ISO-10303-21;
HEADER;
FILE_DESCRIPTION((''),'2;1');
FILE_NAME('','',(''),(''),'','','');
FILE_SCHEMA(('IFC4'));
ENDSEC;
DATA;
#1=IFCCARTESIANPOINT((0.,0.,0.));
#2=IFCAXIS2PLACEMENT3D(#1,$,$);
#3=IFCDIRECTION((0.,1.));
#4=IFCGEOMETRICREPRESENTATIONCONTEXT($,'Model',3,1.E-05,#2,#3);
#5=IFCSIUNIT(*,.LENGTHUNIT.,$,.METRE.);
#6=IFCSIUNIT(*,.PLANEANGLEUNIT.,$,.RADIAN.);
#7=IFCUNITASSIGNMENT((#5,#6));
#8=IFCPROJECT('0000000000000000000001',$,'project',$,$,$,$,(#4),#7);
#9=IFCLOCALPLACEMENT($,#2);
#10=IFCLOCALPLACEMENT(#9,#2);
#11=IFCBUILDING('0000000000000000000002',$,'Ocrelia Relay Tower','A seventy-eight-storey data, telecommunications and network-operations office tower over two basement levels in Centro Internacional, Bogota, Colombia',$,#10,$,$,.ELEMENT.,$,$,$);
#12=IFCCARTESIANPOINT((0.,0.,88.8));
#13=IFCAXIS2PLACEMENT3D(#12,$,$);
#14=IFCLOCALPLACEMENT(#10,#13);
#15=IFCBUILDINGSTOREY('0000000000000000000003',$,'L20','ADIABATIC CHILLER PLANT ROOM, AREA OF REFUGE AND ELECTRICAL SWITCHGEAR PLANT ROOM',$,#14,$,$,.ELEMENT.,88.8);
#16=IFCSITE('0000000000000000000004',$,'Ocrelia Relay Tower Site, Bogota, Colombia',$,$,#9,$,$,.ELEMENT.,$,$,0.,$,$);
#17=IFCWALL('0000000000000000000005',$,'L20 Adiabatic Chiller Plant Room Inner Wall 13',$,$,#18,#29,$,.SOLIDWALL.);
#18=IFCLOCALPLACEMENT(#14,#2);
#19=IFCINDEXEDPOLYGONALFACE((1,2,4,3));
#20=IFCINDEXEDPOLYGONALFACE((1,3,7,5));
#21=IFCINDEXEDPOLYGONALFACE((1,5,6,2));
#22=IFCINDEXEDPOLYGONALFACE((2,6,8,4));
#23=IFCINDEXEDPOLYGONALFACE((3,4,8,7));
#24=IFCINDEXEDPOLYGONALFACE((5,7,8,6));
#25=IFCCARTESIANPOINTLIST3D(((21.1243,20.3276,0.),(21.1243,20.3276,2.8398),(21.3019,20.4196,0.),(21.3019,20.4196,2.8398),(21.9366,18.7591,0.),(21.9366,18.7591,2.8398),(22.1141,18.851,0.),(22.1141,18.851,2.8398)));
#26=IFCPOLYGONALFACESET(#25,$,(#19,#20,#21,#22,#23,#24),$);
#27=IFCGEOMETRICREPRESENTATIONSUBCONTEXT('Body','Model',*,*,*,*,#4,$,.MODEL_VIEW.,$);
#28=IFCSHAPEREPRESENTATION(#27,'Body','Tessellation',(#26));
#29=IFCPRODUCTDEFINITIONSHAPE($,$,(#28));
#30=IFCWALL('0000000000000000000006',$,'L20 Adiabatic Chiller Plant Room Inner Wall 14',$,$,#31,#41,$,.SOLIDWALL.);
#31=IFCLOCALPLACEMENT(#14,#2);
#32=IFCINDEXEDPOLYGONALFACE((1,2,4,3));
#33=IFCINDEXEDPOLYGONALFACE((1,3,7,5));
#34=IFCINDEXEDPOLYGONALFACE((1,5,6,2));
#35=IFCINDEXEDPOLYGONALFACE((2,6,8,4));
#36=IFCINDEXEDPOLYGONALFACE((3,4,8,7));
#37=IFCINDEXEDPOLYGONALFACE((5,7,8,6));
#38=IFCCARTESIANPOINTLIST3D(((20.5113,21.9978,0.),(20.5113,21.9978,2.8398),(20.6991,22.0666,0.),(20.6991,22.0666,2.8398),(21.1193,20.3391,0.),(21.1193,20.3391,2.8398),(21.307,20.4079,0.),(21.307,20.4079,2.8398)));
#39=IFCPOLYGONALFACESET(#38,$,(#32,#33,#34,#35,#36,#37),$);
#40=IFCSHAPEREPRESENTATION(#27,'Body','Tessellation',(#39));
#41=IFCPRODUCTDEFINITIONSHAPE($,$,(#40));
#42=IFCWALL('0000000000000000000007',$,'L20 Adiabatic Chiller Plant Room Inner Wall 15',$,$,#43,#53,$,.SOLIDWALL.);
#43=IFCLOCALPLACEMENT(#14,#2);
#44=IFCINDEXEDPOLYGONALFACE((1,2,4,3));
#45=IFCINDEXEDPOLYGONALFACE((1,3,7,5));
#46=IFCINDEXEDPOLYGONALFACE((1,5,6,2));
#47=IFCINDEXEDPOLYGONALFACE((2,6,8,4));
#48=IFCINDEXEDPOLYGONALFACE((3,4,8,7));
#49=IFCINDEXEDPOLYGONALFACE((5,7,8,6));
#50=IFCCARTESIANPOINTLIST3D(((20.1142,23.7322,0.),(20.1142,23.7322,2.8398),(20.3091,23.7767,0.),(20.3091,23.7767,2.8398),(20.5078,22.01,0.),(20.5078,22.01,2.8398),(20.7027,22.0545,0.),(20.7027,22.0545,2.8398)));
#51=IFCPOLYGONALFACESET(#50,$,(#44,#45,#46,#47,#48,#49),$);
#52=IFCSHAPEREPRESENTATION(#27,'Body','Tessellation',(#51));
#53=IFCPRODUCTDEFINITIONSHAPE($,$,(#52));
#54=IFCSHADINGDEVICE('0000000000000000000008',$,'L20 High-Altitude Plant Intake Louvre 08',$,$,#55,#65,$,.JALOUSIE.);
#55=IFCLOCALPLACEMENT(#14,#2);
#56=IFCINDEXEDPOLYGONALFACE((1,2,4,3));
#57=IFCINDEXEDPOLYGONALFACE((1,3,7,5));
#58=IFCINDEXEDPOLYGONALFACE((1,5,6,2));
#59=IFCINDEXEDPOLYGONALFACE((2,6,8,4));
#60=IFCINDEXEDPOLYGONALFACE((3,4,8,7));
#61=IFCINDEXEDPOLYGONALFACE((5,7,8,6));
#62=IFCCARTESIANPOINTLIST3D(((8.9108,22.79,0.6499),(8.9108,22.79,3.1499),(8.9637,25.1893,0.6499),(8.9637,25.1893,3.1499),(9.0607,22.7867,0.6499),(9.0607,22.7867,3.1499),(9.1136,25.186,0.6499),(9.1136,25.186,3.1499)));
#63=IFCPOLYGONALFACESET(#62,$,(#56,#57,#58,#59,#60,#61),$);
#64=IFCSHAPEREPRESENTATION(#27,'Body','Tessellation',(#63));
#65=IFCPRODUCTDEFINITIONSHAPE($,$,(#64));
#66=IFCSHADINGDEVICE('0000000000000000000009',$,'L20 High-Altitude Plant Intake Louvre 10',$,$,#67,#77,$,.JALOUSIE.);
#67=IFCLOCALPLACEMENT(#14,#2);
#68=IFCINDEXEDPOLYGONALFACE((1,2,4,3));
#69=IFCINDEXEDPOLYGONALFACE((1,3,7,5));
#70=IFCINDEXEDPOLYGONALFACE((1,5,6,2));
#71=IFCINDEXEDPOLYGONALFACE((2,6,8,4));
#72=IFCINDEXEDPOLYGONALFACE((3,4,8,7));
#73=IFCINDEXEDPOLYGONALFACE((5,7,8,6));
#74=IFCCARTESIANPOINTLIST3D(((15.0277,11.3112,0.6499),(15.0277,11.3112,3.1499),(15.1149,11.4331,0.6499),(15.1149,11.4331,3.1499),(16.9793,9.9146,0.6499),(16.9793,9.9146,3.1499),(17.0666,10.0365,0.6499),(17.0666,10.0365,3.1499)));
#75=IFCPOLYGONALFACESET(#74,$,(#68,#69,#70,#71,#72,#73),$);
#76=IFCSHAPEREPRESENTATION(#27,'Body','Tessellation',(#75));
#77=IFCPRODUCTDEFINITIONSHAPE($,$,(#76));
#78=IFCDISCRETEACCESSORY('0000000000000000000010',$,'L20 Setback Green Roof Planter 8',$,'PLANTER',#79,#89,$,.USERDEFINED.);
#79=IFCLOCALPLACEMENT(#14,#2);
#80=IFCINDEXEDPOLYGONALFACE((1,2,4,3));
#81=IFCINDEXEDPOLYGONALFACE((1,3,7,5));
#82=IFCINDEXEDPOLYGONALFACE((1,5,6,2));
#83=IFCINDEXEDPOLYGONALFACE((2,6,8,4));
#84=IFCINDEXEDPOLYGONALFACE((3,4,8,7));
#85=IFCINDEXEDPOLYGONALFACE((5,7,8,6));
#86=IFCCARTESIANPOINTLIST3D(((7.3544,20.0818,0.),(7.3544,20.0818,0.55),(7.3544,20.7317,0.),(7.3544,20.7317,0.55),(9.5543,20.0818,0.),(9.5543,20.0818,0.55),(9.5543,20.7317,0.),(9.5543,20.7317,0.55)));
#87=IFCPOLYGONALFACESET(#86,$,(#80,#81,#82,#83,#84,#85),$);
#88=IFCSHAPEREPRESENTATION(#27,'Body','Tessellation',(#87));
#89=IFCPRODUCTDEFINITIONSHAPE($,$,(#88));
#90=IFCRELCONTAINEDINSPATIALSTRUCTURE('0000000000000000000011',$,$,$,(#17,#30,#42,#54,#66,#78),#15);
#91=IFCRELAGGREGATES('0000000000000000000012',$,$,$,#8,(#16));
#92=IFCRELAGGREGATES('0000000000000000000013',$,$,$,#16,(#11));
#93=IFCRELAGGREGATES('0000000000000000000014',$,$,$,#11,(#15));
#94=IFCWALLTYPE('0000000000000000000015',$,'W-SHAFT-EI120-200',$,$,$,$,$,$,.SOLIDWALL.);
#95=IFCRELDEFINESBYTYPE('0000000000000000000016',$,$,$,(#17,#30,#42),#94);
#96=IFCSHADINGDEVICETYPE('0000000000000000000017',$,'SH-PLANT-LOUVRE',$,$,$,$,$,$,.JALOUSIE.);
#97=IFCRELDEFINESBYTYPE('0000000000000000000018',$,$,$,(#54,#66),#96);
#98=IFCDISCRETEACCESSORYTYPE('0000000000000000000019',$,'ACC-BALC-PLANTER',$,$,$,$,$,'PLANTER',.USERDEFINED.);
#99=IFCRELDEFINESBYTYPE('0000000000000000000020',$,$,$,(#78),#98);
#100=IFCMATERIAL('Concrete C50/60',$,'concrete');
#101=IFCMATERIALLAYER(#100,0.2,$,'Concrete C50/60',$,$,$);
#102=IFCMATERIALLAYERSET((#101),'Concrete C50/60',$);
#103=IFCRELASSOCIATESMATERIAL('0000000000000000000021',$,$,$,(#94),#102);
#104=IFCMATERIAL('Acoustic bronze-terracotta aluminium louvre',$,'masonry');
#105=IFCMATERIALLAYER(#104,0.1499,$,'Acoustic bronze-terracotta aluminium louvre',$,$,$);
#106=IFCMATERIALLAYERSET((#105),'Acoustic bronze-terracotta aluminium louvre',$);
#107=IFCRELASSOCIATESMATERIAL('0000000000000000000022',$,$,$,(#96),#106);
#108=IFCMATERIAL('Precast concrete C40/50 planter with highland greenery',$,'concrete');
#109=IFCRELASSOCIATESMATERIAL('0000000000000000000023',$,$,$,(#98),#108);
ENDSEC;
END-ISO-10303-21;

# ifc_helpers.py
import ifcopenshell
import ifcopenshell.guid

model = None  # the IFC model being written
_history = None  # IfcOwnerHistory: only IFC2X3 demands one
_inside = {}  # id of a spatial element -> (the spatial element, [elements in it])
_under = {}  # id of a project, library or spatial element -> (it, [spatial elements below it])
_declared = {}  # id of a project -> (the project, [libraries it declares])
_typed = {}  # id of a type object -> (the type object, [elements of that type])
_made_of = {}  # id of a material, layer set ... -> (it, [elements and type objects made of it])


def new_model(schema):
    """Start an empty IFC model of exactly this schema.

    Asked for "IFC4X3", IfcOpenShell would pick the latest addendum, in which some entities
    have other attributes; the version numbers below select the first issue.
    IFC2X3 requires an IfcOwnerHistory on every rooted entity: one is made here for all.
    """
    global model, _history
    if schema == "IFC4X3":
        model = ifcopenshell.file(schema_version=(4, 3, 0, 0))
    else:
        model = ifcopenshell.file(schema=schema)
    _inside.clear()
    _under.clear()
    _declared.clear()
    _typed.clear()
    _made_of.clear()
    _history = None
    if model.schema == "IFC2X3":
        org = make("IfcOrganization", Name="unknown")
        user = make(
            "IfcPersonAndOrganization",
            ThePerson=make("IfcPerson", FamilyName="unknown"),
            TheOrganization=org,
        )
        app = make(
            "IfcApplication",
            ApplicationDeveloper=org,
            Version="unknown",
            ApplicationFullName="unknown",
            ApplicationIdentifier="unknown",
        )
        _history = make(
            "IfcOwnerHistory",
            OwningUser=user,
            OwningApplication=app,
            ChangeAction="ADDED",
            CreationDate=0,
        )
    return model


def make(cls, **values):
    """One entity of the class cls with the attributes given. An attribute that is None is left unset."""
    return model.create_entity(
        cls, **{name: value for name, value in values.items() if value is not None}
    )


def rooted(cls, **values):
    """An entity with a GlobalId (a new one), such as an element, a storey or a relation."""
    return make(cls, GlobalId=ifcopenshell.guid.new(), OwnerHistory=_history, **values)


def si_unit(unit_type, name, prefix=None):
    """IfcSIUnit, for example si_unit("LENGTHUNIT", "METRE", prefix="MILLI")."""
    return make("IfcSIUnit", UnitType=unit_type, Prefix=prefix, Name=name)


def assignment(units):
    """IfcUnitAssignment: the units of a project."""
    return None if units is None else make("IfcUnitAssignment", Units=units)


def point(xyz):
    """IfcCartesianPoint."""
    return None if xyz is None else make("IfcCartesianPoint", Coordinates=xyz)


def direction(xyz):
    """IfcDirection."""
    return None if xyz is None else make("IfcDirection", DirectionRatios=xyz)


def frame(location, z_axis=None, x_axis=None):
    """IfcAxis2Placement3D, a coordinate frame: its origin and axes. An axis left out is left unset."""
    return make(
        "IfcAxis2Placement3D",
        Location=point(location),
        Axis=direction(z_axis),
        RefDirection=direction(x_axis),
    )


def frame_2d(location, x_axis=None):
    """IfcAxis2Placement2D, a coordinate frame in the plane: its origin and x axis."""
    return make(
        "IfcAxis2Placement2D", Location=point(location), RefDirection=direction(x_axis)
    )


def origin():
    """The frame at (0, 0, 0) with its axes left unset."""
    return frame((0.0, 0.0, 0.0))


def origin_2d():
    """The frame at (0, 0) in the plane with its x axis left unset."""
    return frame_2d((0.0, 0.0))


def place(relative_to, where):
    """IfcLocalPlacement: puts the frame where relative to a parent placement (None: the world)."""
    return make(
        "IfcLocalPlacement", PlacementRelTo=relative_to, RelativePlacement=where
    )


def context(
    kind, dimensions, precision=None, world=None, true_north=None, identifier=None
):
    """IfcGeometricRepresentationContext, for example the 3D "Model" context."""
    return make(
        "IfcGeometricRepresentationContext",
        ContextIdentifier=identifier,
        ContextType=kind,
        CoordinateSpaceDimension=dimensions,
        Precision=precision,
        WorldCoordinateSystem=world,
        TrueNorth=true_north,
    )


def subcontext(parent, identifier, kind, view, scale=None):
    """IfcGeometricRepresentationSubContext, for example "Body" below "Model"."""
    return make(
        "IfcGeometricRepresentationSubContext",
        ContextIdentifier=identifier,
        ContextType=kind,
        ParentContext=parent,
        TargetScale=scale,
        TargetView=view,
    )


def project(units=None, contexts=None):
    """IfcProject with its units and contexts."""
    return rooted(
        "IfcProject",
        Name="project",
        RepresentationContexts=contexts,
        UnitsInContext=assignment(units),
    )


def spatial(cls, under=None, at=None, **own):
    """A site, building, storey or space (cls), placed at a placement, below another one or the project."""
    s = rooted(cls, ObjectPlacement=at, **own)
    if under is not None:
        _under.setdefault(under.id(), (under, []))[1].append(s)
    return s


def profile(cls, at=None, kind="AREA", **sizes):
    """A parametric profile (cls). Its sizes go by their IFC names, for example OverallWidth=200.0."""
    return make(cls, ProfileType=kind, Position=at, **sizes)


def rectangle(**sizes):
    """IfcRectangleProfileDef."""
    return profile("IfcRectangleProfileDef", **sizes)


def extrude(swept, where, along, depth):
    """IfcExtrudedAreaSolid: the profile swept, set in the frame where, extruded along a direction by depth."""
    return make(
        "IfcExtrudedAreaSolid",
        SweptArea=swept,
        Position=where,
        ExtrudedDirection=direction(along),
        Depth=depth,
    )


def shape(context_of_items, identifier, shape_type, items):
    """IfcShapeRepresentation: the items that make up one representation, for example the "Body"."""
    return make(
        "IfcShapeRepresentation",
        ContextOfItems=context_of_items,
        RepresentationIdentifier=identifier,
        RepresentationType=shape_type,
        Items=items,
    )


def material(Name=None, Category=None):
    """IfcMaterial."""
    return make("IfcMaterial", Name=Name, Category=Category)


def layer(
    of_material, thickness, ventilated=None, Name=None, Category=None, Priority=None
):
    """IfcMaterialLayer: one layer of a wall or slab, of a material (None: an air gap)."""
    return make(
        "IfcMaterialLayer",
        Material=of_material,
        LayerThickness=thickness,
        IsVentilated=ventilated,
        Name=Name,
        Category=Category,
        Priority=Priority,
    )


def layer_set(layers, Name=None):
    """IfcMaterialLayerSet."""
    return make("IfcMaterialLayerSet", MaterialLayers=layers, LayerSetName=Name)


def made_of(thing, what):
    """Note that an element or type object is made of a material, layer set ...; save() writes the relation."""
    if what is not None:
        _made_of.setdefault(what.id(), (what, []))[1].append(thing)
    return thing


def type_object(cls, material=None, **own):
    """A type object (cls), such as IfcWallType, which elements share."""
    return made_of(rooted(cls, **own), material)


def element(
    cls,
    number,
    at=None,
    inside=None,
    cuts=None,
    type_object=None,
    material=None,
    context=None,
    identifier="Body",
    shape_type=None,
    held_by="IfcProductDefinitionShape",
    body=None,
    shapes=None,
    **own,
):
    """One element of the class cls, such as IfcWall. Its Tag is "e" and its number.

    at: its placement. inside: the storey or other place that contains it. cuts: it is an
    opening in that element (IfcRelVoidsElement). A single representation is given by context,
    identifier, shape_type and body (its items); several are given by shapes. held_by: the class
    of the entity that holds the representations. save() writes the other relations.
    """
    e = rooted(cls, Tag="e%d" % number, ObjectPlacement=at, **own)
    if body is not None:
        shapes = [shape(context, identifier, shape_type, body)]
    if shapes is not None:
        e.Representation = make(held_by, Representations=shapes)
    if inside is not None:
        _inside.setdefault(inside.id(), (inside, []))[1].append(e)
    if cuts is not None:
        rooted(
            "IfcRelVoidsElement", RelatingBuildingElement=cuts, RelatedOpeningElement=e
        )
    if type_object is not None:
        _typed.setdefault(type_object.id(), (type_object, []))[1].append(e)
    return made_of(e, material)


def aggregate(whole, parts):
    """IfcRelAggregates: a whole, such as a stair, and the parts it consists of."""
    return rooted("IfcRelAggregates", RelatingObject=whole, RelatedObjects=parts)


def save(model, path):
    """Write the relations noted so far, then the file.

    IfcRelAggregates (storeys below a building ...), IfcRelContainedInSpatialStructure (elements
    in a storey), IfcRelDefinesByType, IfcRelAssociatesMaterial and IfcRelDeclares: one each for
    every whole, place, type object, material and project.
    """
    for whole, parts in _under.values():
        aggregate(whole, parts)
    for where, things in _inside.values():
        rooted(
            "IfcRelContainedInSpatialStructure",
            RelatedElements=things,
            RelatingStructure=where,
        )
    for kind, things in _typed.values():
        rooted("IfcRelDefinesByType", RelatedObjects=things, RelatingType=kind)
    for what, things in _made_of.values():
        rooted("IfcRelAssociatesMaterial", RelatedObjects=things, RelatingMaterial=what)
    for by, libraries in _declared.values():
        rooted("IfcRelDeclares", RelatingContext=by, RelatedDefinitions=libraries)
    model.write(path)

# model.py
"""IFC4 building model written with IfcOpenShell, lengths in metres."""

from ifc_helpers import new_model, si_unit, direction, frame, frame_2d, origin, origin_2d, place, context, subcontext, project, spatial, rectangle, extrude, material, layer, layer_set, type_object, element, save


model = new_model("IFC4")

# Units and contexts
model_context = context("Model", 3, precision=1e-05, world=origin(), true_north=direction((0.0, 1.0)))
body_context = subcontext(model_context, "Body", "Model", "MODEL_VIEW")
ifc_project = project(units=[si_unit("LENGTHUNIT", "METRE"), si_unit("PLANEANGLEUNIT", "RADIAN")], contexts=[model_context])

# Site, building, storey
site_placement = place(None, origin())
site = spatial("IfcSite", under=ifc_project, at=site_placement, Name="Ocrelia Relay Tower Site, Bogota, Colombia", CompositionType="ELEMENT", RefElevation=0.0)
building_placement = place(site_placement, origin())
building = spatial("IfcBuilding", under=site, at=building_placement, Name="Ocrelia Relay Tower", Description="A seventy-eight-storey data, telecommunications and network-operations office tower over two basement levels in Centro Internacional, Bogota, Colombia", CompositionType="ELEMENT")
storey_placement = place(building_placement, frame((0.0, 0.0, 88.8)))
storey = spatial("IfcBuildingStorey", under=building, at=storey_placement, Name="L20", Description="ADIABATIC CHILLER PLANT ROOM, AREA OF REFUGE AND ELECTRICAL SWITCHGEAR PLANT ROOM", CompositionType="ELEMENT", Elevation=88.8)

# Shared definitions
ifc_material_1 = material(Name="Concrete C50/60", Category="concrete")

# Walls
ifc_layer_1 = layer(ifc_material_1, 0.2, Name="Concrete C50/60")
ifc_layer_set_1 = layer_set([ifc_layer_1], Name="Concrete C50/60")
wall_type_1 = type_object("IfcWallType", Name="W-SHAFT-EI120-200", PredefinedType="SOLIDWALL", material=ifc_layer_set_1)
for number, where, z_axis, x_axis, name in (
    (1, (22.0254, 18.8049, 0.0), (0.0, 0.0, 1.0), (-0.459829, 0.888008, 0.0), "L20 Adiabatic Chiller Plant Room Inner Wall 13"),
):
    element("IfcWall", number, at=place(storey_placement, frame(where, z_axis=z_axis, x_axis=x_axis)), inside=storey, type_object=wall_type_1, Name=name, PredefinedType="SOLIDWALL", context=body_context, shape_type="SweptSolid", body=[
        extrude(rectangle(XDim=1.7664, YDim=0.2, at=frame_2d((0.8833, 0.0))), origin(), (0.0, 0.0, 1.0), 2.8398),
    ])
for number, where, z_axis, x_axis, name in (
    (2, (21.2131, 20.3735, 0.0), (0.0, 0.0, 1.0), (-0.344117, 0.938927, 0.0), "L20 Adiabatic Chiller Plant Room Inner Wall 14"),
    (3, (20.6052, 22.0322, 0.0), (0.0, 0.0, 1.0), (-0.22278, 0.974869, 0.0), "L20 Adiabatic Chiller Plant Room Inner Wall 15"),
):
    element("IfcWall", number, at=place(storey_placement, frame(where, z_axis=z_axis, x_axis=x_axis)), inside=storey, type_object=wall_type_1, Name=name, PredefinedType="SOLIDWALL", context=body_context, shape_type="SweptSolid", body=[
        extrude(rectangle(XDim=1.7666, YDim=0.2, at=frame_2d((0.8833, 0.0))), origin(), (0.0, 0.0, 1.0), 2.8398),
    ])

# Shading devices
ifc_material_2 = material(Name="Acoustic bronze-terracotta aluminium louvre", Category="masonry")
ifc_layer_2 = layer(ifc_material_2, 0.1499, Name="Acoustic bronze-terracotta aluminium louvre")
ifc_layer_set_2 = layer_set([ifc_layer_2], Name="Acoustic bronze-terracotta aluminium louvre")
shading_device_type = type_object("IfcShadingDeviceType", Name="SH-PLANT-LOUVRE", PredefinedType="JALOUSIE", material=ifc_layer_set_2)
for number, where, z_axis, x_axis, name in (
    (4, (9.0122, 23.988, 0.6499), (0.0, 0.0, 1.0), (-0.022053, -0.999757, 0.0), "L20 High-Altitude Plant Intake Louvre 08"),
    (5, (16.0471, 10.6738, 0.6499), (0.0, 0.0, 1.0), (0.813225, -0.58195, 0.0), "L20 High-Altitude Plant Intake Louvre 10"),
):
    element("IfcShadingDevice", number, at=place(storey_placement, frame(where, z_axis=z_axis, x_axis=x_axis)), inside=storey, type_object=shading_device_type, Name=name, PredefinedType="JALOUSIE", context=body_context, shape_type="SweptSolid", body=[
        extrude(rectangle(XDim=2.3999, YDim=0.1499, at=origin_2d()), origin(), (0.0, 0.0, 1.0), 2.5),
    ])

# Discrete accessory
ifc_material_3 = material(Name="Precast concrete C40/50 planter with highland greenery", Category="concrete")
discrete_accessory_type = type_object("IfcDiscreteAccessoryType", Name="ACC-BALC-PLANTER", ElementType="PLANTER", PredefinedType="USERDEFINED", material=ifc_material_3)
discrete_accessory_placement = place(storey_placement, frame((8.4543, 20.4067, 0.0), z_axis=(0.0, 0.0, 1.0), x_axis=(1.0, 0.0, 0.0)))
element("IfcDiscreteAccessory", 6, at=discrete_accessory_placement, inside=storey, type_object=discrete_accessory_type, Name="L20 Setback Green Roof Planter 8", ObjectType="PLANTER", PredefinedType="USERDEFINED", context=body_context, shape_type="SweptSolid", body=[
    extrude(rectangle(XDim=2.2, YDim=0.6499, at=origin_2d()), origin(), (0.0, 0.0, 1.0), 0.55),
])

save(model, "model.ifc")
